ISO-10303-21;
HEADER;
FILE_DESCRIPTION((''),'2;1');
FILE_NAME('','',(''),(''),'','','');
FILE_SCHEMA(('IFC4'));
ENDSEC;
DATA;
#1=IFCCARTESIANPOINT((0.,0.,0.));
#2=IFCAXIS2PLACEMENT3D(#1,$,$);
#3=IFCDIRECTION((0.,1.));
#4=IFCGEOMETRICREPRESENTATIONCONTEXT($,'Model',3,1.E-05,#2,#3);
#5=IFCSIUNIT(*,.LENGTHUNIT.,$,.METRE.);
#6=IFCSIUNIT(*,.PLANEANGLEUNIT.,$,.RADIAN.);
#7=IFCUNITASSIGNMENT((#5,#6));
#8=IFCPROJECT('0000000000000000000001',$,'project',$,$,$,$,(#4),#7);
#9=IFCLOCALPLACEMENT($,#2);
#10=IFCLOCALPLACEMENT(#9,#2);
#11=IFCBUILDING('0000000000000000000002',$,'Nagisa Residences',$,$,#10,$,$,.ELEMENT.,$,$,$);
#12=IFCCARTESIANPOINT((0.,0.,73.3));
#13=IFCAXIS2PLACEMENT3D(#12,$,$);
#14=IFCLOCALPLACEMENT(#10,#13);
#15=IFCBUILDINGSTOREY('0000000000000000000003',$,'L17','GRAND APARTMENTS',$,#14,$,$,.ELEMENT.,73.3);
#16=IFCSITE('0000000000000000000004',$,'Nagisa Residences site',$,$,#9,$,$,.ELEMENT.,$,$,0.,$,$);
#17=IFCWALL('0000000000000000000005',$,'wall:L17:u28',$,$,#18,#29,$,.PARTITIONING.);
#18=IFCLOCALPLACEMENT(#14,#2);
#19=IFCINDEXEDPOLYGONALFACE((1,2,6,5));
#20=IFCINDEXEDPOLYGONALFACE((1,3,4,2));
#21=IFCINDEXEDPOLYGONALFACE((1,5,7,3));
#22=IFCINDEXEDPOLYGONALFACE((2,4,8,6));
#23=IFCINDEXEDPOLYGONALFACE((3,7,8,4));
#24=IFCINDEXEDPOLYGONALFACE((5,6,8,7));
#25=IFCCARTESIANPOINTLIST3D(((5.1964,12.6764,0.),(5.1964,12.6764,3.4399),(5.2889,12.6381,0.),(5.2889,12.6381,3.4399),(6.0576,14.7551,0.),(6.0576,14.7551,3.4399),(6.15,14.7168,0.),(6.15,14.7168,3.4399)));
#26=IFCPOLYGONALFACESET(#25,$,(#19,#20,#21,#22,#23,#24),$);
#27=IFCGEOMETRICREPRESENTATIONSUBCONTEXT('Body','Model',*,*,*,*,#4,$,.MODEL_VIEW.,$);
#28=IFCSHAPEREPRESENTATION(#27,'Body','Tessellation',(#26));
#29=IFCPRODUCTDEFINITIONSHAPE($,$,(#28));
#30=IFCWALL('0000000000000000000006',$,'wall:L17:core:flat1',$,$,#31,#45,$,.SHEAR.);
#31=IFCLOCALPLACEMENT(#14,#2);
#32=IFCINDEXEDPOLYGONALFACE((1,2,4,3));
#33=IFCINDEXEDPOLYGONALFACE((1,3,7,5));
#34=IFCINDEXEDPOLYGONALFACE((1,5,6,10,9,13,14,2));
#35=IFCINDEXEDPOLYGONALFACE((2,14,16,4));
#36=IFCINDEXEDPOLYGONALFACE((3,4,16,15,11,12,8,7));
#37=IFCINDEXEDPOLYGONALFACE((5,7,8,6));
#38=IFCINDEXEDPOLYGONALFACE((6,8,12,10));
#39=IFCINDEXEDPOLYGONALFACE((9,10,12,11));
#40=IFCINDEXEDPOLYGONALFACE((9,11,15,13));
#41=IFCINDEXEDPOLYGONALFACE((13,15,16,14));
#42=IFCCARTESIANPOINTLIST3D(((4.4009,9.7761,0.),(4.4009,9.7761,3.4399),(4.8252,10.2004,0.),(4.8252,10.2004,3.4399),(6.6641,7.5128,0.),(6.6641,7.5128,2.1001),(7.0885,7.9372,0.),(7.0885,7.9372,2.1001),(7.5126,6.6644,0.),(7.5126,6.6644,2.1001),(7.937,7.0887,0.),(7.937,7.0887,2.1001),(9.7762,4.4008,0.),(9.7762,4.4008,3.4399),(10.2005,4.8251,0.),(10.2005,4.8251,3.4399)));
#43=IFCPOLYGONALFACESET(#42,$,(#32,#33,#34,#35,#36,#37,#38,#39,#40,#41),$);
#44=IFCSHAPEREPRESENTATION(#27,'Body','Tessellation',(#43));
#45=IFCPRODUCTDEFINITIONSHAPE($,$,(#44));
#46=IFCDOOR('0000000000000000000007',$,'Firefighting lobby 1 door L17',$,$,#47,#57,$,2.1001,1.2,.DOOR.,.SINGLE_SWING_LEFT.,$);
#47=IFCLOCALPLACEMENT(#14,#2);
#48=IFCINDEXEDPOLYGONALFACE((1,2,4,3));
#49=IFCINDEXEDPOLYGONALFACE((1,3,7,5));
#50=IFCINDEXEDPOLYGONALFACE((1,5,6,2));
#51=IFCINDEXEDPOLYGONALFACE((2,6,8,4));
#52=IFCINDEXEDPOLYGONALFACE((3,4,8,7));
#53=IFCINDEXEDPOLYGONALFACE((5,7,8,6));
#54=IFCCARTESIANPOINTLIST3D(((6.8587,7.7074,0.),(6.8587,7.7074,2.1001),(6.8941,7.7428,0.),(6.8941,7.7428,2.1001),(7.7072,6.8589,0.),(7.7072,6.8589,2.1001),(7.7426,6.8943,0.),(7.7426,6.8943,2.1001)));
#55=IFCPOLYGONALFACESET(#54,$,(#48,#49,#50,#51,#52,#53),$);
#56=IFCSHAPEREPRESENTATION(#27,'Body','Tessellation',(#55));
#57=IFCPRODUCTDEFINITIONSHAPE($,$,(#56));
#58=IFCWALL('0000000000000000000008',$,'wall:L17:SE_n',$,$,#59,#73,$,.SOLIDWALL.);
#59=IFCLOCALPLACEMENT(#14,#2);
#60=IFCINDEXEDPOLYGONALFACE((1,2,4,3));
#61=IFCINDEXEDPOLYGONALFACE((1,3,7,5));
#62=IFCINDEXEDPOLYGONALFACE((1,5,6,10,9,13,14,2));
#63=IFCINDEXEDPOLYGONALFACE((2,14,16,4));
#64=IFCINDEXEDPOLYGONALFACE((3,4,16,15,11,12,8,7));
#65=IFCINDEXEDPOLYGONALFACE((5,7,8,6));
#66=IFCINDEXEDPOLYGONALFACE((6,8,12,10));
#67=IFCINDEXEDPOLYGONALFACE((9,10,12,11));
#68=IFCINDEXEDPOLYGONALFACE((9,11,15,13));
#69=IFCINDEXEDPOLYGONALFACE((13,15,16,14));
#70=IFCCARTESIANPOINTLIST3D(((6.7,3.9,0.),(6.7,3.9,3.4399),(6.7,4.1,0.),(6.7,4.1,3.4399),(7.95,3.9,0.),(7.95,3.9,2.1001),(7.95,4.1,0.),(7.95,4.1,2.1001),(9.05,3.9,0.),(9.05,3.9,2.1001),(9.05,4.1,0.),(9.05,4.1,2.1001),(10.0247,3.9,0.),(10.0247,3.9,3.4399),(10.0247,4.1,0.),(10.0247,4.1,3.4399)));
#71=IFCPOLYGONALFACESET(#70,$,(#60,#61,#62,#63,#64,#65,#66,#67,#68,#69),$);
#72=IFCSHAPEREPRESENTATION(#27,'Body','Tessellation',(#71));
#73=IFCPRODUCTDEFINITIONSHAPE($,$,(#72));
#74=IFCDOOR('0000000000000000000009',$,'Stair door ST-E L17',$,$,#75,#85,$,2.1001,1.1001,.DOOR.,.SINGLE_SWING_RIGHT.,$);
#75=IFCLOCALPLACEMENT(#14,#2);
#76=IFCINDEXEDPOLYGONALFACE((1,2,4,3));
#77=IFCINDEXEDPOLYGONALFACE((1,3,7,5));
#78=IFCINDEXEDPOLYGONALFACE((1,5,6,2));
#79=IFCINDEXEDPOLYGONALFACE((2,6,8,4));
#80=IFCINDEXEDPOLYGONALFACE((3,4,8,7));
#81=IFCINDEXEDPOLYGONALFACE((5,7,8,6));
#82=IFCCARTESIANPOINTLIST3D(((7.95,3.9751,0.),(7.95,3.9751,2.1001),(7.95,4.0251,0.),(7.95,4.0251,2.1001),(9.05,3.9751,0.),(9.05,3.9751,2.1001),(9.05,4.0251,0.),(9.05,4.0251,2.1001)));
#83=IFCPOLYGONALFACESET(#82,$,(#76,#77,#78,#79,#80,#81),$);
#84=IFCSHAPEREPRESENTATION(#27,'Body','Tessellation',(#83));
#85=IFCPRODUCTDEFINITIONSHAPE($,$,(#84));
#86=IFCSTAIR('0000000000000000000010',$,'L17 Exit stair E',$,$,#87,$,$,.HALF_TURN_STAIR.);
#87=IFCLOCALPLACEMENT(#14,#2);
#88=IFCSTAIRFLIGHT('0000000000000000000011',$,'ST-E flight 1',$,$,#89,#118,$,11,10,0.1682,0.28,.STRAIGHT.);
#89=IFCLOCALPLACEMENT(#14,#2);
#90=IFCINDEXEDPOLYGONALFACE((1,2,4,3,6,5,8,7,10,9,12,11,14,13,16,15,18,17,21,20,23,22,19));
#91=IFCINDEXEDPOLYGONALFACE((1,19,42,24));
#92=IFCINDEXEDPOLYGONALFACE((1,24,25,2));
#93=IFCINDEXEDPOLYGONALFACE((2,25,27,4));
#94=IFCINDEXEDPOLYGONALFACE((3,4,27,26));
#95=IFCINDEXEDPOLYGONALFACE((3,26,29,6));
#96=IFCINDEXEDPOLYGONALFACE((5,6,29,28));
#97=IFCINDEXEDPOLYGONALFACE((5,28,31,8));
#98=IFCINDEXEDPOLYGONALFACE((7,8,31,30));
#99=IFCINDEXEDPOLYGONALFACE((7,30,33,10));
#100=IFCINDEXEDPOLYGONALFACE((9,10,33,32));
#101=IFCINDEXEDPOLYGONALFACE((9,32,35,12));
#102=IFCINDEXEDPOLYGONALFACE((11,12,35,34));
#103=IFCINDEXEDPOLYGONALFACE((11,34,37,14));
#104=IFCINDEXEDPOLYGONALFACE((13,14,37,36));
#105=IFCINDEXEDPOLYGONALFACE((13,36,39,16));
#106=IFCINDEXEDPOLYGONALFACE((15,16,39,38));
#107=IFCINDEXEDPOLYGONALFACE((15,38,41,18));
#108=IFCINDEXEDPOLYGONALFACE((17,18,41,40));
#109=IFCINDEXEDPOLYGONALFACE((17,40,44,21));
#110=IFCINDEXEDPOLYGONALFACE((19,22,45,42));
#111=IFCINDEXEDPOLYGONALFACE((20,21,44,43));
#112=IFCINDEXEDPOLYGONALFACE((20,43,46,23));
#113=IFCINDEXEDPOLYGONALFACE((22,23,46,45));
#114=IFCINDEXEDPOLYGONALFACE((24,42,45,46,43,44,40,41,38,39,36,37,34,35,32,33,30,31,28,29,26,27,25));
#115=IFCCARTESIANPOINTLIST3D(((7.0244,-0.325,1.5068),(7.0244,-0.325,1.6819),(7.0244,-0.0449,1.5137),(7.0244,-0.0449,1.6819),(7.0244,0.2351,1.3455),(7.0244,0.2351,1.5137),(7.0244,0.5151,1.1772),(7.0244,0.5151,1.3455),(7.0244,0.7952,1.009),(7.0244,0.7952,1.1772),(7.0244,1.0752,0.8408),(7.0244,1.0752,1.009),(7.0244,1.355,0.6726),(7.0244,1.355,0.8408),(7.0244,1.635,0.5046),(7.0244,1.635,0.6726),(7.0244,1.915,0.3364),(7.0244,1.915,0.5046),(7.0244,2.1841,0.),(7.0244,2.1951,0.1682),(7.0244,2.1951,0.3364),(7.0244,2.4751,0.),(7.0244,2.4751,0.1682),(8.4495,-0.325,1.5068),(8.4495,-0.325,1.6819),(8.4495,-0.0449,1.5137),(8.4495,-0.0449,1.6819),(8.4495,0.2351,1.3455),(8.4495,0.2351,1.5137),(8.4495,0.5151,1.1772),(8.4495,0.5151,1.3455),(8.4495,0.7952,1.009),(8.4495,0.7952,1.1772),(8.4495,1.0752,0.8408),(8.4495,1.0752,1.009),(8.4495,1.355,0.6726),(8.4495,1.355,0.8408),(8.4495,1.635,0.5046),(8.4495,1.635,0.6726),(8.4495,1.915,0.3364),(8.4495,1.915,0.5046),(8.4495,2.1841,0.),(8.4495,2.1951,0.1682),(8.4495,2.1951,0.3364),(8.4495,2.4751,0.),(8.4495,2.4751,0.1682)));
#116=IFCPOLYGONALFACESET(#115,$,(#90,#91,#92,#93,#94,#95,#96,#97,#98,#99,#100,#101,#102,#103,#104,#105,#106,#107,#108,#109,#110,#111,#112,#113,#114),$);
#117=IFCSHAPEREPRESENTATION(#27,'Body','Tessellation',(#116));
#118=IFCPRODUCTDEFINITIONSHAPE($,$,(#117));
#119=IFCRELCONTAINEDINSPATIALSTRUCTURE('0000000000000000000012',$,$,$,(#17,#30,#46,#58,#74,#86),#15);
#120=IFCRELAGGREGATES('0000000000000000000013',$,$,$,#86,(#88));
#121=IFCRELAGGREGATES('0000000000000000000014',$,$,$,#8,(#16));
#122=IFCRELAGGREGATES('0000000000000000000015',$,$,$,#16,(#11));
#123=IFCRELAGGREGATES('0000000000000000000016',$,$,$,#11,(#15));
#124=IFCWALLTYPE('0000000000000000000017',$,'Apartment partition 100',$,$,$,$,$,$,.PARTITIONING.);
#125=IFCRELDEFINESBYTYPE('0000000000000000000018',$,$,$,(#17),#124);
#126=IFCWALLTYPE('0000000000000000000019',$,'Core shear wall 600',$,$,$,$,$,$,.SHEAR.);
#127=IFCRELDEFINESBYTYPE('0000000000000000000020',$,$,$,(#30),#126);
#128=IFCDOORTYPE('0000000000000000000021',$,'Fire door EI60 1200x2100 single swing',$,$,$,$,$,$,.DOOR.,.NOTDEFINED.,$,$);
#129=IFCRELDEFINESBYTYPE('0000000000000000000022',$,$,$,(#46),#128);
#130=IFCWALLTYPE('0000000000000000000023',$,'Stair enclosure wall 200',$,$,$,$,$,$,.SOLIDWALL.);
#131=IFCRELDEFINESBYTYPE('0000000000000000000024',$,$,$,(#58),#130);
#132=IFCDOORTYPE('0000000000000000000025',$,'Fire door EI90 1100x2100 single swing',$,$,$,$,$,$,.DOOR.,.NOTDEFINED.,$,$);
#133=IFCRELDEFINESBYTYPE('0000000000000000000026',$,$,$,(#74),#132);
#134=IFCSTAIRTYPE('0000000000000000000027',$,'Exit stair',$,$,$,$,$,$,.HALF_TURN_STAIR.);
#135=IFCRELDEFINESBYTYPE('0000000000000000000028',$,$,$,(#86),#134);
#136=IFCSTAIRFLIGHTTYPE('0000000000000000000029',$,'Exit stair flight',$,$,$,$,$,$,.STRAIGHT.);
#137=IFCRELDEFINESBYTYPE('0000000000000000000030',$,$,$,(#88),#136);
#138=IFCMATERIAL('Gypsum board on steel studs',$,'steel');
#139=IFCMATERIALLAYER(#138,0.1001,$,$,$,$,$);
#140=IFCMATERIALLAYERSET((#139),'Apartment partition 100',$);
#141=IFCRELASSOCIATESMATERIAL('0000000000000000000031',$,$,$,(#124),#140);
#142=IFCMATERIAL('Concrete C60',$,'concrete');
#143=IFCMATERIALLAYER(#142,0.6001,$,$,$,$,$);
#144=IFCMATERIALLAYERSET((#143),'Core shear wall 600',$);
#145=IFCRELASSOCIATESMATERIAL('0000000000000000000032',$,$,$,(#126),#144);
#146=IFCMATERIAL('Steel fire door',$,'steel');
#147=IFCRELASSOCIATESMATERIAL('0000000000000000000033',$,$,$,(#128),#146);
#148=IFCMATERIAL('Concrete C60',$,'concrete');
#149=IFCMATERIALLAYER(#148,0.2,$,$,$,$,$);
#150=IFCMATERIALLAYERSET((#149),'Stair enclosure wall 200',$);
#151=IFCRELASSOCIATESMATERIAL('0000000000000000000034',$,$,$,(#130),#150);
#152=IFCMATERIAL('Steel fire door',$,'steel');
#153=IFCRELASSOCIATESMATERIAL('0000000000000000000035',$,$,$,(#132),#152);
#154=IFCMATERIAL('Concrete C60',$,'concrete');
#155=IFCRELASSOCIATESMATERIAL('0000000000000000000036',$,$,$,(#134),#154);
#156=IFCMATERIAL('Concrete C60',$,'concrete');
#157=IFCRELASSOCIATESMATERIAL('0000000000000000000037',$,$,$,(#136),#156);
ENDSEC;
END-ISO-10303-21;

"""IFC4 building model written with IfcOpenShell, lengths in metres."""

from ifc_helpers import new_model, si_unit, direction, frame, frame_2d, origin, place, context, subcontext, project, spatial, polyline, rectangle, outline, extrude, material, layer, layer_set, type_object, element, fill, aggregate, save


model = new_model("IFC4")

# Units and contexts
model_context = context("Model", 3, precision=1e-05, world=origin(), true_north=direction((0.0, 1.0)))
body_context = subcontext(model_context, "Body", "Model", "MODEL_VIEW")
ifc_project = project(units=[si_unit("LENGTHUNIT", "METRE"), si_unit("PLANEANGLEUNIT", "RADIAN")], contexts=[model_context])

# Site, building, storey
site_placement = place(None, origin())
site = spatial("IfcSite", under=ifc_project, at=site_placement, Name="Nagisa Residences site", CompositionType="ELEMENT", RefElevation=0.0)
building_placement = place(site_placement, origin())
building = spatial("IfcBuilding", under=site, at=building_placement, Name="Nagisa Residences", CompositionType="ELEMENT")
storey_placement = place(building_placement, frame((0.0, 0.0, 73.3)))
storey = spatial("IfcBuildingStorey", under=building, at=storey_placement, Name="L17", Description="GRAND APARTMENTS", CompositionType="ELEMENT", Elevation=73.3)

# Shared definitions
ifc_material_1 = material(Name="Gypsum board on steel studs", Category="steel")
ifc_layer_1 = layer(ifc_material_1, 0.1001)
ifc_layer_set_1 = layer_set([ifc_layer_1], Name="Apartment partition 100")
wall_type_1 = type_object("IfcWallType", Name="Apartment partition 100", PredefinedType="PARTITIONING", material=ifc_layer_set_1)

# Wall
wall_1_placement = place(storey_placement, frame((5.2427, 12.6572, 0.0), z_axis=(0.0, 0.0, 1.0), x_axis=(0.382719, 0.923865, 0.0)))
element("IfcWall", 1, at=wall_1_placement, inside=storey, type_object=wall_type_1, Name="wall:L17:u28", PredefinedType="PARTITIONING", context=body_context, shape_type="SweptSolid", body=[
    extrude(rectangle(XDim=2.25, YDim=0.1001, at=frame_2d((1.125, 0.0))), origin(), (0.0, 0.0, 1.0), 3.4399),
])

# Walls, openings, doors
ifc_material_2 = material(Name="Concrete C60", Category="concrete")
ifc_layer_2 = layer(ifc_material_2, 0.6001)
ifc_layer_set_2 = layer_set([ifc_layer_2], Name="Core shear wall 600")
wall_type_2 = type_object("IfcWallType", Name="Core shear wall 600", PredefinedType="SHEAR", material=ifc_layer_set_2)
wall_2_placement = place(storey_placement, frame((9.9883, 4.613, 0.0), z_axis=(0.0, 0.0, 1.0), x_axis=(-0.707107, 0.707107, 0.0)))
wall_2 = element("IfcWall", 2, at=wall_2_placement, inside=storey, type_object=wall_type_2, Name="wall:L17:core:flat1", PredefinedType="SHEAR", context=body_context, shape_type="SweptSolid", body=[
    extrude(rectangle(XDim=7.6018, YDim=0.6001, at=frame_2d((3.8008, 0.0))), origin(), (0.0, 0.0, 1.0), 3.4399),
])
opening_1_placement = place(wall_2_placement, frame((3.2009, 0.0, 0.0)))
opening_1 = element("IfcOpeningElement", 3, at=opening_1_placement, cuts=wall_2, PredefinedType="OPENING", context=body_context, shape_type="SweptSolid", body=[
    extrude(rectangle(XDim=1.2, YDim=2.1001, at=frame_2d((0.6001, 1.05))), frame((0.0, 0.3101, 0.0), z_axis=(0.0, -1.0, 0.0), x_axis=(1.0, 0.0, 0.0)), (0.0, 0.0, 1.0), 0.6201),
])
ifc_material_3 = material(Name="Steel fire door", Category="steel")
door_type_1 = type_object("IfcDoorType", Name="Fire door EI60 1200x2100 single swing", OperationType="NOTDEFINED", PredefinedType="DOOR", material=ifc_material_3)
door_1_placement = place(opening_1_placement, origin())
door_1 = element("IfcDoor", 4, at=door_1_placement, inside=storey, type_object=door_type_1, Name="Firefighting lobby 1 door L17", OperationType="SINGLE_SWING_LEFT", OverallHeight=2.1001, OverallWidth=1.2, PredefinedType="DOOR", context=body_context, shape_type="SweptSolid", body=[
    extrude(rectangle(XDim=1.2, YDim=2.1001, at=frame_2d((0.6001, 1.05))), frame((0.0, 0.0249, 0.0), z_axis=(0.0, -1.0, 0.0), x_axis=(1.0, 0.0, 0.0)), (0.0, 0.0, 1.0), 0.05),
])
fill(opening_1, door_1)
ifc_material_4 = material(Name="Concrete C60", Category="concrete")
ifc_layer_3 = layer(ifc_material_4, 0.2)
ifc_layer_set_3 = layer_set([ifc_layer_3], Name="Stair enclosure wall 200")
wall_type_3 = type_object("IfcWallType", Name="Stair enclosure wall 200", PredefinedType="SOLIDWALL", material=ifc_layer_set_3)
wall_3_placement = place(storey_placement, frame((6.7, 4.0, 0.0), z_axis=(0.0, 0.0, 1.0), x_axis=(1.0, 0.0, 0.0)))
wall_3 = element("IfcWall", 5, at=wall_3_placement, inside=storey, type_object=wall_type_3, Name="wall:L17:SE_n", PredefinedType="SOLIDWALL", context=body_context, shape_type="SweptSolid", body=[
    extrude(rectangle(XDim=3.3247, YDim=0.2, at=frame_2d((1.6624, 0.0))), origin(), (0.0, 0.0, 1.0), 3.4399),
])
opening_2_placement = place(wall_3_placement, frame((1.25, 0.0, 0.0)))
opening_2 = element("IfcOpeningElement", 6, at=opening_2_placement, cuts=wall_3, PredefinedType="OPENING", context=body_context, shape_type="SweptSolid", body=[
    extrude(rectangle(XDim=1.1001, YDim=2.1001, at=frame_2d((0.55, 1.05))), frame((0.0, 0.1099, 0.0), z_axis=(0.0, -1.0, 0.0), x_axis=(1.0, 0.0, 0.0)), (0.0, 0.0, 1.0), 0.22),
])
ifc_material_5 = material(Name="Steel fire door", Category="steel")
door_type_2 = type_object("IfcDoorType", Name="Fire door EI90 1100x2100 single swing", OperationType="NOTDEFINED", PredefinedType="DOOR", material=ifc_material_5)
door_2_placement = place(opening_2_placement, frame((1.1001, 0.0, 0.0), x_axis=(-1.0, 0.0, 0.0)))
door_2 = element("IfcDoor", 7, at=door_2_placement, inside=storey, type_object=door_type_2, Name="Stair door ST-E L17", OperationType="SINGLE_SWING_RIGHT", OverallHeight=2.1001, OverallWidth=1.1001, PredefinedType="DOOR", context=body_context, shape_type="SweptSolid", body=[
    extrude(rectangle(XDim=1.1001, YDim=2.1001, at=frame_2d((0.55, 1.05))), frame((0.0, 0.0249, 0.0), z_axis=(0.0, -1.0, 0.0), x_axis=(1.0, 0.0, 0.0)), (0.0, 0.0, 1.0), 0.05),
])
fill(opening_2, door_2)

# Stair, stair flight
ifc_material_6 = material(Name="Concrete C60", Category="concrete")
stair_type = type_object("IfcStairType", Name="Exit stair", PredefinedType="HALF_TURN_STAIR", material=ifc_material_6)
stair_placement = place(storey_placement, origin())
stair = element("IfcStair", 8, at=stair_placement, inside=storey, type_object=stair_type, Name="L17 Exit stair E", PredefinedType="HALF_TURN_STAIR")
ifc_material_7 = material(Name="Concrete C60", Category="concrete")
stair_flight_type = type_object("IfcStairFlightType", Name="Exit stair flight", PredefinedType="STRAIGHT", material=ifc_material_7)
stair_flight_placement = place(storey_placement, frame((7.7371, 2.4751, 0.0), z_axis=(0.0, 0.0, 1.0), x_axis=(0.0, -1.0, 0.0)))
stair_flight = element("IfcStairFlight", 9, at=stair_flight_placement, type_object=stair_flight_type, Name="ST-E flight 1", NumberOfRisers=11, NumberOfTreads=10, PredefinedType="STRAIGHT", RiserHeight=0.1682, TreadLength=0.28, context=body_context, shape_type="SweptSolid", body=[
    extrude(outline(polyline([(0.0, 0.0), (0.0, 0.1682), (0.28, 0.1682), (0.28, 0.3364), (0.5601, 0.3364), (0.5601, 0.5046), (0.8401, 0.5046), (0.8401, 0.6726), (1.1201, 0.6726), (1.1201, 0.8408), (1.3999, 0.8408), (1.3999, 1.009), (1.6799, 1.009), (1.6799, 1.1772), (1.96, 1.1772), (1.96, 1.3455), (2.24, 1.3455), (2.24, 1.5137), (2.52, 1.5137), (2.52, 1.6819), (2.8, 1.6819), (2.8, 1.8501), (2.8, 1.5068), (0.291, 0.0), (0.0, 0.0)])), frame((0.0, 0.7124, 0.0), z_axis=(0.0, -1.0, 0.0), x_axis=(1.0, 0.0, 0.0)), (0.0, 0.0, 1.0), 1.425),
])
aggregate(stair, [stair_flight])

save(model, "model.ifc")
